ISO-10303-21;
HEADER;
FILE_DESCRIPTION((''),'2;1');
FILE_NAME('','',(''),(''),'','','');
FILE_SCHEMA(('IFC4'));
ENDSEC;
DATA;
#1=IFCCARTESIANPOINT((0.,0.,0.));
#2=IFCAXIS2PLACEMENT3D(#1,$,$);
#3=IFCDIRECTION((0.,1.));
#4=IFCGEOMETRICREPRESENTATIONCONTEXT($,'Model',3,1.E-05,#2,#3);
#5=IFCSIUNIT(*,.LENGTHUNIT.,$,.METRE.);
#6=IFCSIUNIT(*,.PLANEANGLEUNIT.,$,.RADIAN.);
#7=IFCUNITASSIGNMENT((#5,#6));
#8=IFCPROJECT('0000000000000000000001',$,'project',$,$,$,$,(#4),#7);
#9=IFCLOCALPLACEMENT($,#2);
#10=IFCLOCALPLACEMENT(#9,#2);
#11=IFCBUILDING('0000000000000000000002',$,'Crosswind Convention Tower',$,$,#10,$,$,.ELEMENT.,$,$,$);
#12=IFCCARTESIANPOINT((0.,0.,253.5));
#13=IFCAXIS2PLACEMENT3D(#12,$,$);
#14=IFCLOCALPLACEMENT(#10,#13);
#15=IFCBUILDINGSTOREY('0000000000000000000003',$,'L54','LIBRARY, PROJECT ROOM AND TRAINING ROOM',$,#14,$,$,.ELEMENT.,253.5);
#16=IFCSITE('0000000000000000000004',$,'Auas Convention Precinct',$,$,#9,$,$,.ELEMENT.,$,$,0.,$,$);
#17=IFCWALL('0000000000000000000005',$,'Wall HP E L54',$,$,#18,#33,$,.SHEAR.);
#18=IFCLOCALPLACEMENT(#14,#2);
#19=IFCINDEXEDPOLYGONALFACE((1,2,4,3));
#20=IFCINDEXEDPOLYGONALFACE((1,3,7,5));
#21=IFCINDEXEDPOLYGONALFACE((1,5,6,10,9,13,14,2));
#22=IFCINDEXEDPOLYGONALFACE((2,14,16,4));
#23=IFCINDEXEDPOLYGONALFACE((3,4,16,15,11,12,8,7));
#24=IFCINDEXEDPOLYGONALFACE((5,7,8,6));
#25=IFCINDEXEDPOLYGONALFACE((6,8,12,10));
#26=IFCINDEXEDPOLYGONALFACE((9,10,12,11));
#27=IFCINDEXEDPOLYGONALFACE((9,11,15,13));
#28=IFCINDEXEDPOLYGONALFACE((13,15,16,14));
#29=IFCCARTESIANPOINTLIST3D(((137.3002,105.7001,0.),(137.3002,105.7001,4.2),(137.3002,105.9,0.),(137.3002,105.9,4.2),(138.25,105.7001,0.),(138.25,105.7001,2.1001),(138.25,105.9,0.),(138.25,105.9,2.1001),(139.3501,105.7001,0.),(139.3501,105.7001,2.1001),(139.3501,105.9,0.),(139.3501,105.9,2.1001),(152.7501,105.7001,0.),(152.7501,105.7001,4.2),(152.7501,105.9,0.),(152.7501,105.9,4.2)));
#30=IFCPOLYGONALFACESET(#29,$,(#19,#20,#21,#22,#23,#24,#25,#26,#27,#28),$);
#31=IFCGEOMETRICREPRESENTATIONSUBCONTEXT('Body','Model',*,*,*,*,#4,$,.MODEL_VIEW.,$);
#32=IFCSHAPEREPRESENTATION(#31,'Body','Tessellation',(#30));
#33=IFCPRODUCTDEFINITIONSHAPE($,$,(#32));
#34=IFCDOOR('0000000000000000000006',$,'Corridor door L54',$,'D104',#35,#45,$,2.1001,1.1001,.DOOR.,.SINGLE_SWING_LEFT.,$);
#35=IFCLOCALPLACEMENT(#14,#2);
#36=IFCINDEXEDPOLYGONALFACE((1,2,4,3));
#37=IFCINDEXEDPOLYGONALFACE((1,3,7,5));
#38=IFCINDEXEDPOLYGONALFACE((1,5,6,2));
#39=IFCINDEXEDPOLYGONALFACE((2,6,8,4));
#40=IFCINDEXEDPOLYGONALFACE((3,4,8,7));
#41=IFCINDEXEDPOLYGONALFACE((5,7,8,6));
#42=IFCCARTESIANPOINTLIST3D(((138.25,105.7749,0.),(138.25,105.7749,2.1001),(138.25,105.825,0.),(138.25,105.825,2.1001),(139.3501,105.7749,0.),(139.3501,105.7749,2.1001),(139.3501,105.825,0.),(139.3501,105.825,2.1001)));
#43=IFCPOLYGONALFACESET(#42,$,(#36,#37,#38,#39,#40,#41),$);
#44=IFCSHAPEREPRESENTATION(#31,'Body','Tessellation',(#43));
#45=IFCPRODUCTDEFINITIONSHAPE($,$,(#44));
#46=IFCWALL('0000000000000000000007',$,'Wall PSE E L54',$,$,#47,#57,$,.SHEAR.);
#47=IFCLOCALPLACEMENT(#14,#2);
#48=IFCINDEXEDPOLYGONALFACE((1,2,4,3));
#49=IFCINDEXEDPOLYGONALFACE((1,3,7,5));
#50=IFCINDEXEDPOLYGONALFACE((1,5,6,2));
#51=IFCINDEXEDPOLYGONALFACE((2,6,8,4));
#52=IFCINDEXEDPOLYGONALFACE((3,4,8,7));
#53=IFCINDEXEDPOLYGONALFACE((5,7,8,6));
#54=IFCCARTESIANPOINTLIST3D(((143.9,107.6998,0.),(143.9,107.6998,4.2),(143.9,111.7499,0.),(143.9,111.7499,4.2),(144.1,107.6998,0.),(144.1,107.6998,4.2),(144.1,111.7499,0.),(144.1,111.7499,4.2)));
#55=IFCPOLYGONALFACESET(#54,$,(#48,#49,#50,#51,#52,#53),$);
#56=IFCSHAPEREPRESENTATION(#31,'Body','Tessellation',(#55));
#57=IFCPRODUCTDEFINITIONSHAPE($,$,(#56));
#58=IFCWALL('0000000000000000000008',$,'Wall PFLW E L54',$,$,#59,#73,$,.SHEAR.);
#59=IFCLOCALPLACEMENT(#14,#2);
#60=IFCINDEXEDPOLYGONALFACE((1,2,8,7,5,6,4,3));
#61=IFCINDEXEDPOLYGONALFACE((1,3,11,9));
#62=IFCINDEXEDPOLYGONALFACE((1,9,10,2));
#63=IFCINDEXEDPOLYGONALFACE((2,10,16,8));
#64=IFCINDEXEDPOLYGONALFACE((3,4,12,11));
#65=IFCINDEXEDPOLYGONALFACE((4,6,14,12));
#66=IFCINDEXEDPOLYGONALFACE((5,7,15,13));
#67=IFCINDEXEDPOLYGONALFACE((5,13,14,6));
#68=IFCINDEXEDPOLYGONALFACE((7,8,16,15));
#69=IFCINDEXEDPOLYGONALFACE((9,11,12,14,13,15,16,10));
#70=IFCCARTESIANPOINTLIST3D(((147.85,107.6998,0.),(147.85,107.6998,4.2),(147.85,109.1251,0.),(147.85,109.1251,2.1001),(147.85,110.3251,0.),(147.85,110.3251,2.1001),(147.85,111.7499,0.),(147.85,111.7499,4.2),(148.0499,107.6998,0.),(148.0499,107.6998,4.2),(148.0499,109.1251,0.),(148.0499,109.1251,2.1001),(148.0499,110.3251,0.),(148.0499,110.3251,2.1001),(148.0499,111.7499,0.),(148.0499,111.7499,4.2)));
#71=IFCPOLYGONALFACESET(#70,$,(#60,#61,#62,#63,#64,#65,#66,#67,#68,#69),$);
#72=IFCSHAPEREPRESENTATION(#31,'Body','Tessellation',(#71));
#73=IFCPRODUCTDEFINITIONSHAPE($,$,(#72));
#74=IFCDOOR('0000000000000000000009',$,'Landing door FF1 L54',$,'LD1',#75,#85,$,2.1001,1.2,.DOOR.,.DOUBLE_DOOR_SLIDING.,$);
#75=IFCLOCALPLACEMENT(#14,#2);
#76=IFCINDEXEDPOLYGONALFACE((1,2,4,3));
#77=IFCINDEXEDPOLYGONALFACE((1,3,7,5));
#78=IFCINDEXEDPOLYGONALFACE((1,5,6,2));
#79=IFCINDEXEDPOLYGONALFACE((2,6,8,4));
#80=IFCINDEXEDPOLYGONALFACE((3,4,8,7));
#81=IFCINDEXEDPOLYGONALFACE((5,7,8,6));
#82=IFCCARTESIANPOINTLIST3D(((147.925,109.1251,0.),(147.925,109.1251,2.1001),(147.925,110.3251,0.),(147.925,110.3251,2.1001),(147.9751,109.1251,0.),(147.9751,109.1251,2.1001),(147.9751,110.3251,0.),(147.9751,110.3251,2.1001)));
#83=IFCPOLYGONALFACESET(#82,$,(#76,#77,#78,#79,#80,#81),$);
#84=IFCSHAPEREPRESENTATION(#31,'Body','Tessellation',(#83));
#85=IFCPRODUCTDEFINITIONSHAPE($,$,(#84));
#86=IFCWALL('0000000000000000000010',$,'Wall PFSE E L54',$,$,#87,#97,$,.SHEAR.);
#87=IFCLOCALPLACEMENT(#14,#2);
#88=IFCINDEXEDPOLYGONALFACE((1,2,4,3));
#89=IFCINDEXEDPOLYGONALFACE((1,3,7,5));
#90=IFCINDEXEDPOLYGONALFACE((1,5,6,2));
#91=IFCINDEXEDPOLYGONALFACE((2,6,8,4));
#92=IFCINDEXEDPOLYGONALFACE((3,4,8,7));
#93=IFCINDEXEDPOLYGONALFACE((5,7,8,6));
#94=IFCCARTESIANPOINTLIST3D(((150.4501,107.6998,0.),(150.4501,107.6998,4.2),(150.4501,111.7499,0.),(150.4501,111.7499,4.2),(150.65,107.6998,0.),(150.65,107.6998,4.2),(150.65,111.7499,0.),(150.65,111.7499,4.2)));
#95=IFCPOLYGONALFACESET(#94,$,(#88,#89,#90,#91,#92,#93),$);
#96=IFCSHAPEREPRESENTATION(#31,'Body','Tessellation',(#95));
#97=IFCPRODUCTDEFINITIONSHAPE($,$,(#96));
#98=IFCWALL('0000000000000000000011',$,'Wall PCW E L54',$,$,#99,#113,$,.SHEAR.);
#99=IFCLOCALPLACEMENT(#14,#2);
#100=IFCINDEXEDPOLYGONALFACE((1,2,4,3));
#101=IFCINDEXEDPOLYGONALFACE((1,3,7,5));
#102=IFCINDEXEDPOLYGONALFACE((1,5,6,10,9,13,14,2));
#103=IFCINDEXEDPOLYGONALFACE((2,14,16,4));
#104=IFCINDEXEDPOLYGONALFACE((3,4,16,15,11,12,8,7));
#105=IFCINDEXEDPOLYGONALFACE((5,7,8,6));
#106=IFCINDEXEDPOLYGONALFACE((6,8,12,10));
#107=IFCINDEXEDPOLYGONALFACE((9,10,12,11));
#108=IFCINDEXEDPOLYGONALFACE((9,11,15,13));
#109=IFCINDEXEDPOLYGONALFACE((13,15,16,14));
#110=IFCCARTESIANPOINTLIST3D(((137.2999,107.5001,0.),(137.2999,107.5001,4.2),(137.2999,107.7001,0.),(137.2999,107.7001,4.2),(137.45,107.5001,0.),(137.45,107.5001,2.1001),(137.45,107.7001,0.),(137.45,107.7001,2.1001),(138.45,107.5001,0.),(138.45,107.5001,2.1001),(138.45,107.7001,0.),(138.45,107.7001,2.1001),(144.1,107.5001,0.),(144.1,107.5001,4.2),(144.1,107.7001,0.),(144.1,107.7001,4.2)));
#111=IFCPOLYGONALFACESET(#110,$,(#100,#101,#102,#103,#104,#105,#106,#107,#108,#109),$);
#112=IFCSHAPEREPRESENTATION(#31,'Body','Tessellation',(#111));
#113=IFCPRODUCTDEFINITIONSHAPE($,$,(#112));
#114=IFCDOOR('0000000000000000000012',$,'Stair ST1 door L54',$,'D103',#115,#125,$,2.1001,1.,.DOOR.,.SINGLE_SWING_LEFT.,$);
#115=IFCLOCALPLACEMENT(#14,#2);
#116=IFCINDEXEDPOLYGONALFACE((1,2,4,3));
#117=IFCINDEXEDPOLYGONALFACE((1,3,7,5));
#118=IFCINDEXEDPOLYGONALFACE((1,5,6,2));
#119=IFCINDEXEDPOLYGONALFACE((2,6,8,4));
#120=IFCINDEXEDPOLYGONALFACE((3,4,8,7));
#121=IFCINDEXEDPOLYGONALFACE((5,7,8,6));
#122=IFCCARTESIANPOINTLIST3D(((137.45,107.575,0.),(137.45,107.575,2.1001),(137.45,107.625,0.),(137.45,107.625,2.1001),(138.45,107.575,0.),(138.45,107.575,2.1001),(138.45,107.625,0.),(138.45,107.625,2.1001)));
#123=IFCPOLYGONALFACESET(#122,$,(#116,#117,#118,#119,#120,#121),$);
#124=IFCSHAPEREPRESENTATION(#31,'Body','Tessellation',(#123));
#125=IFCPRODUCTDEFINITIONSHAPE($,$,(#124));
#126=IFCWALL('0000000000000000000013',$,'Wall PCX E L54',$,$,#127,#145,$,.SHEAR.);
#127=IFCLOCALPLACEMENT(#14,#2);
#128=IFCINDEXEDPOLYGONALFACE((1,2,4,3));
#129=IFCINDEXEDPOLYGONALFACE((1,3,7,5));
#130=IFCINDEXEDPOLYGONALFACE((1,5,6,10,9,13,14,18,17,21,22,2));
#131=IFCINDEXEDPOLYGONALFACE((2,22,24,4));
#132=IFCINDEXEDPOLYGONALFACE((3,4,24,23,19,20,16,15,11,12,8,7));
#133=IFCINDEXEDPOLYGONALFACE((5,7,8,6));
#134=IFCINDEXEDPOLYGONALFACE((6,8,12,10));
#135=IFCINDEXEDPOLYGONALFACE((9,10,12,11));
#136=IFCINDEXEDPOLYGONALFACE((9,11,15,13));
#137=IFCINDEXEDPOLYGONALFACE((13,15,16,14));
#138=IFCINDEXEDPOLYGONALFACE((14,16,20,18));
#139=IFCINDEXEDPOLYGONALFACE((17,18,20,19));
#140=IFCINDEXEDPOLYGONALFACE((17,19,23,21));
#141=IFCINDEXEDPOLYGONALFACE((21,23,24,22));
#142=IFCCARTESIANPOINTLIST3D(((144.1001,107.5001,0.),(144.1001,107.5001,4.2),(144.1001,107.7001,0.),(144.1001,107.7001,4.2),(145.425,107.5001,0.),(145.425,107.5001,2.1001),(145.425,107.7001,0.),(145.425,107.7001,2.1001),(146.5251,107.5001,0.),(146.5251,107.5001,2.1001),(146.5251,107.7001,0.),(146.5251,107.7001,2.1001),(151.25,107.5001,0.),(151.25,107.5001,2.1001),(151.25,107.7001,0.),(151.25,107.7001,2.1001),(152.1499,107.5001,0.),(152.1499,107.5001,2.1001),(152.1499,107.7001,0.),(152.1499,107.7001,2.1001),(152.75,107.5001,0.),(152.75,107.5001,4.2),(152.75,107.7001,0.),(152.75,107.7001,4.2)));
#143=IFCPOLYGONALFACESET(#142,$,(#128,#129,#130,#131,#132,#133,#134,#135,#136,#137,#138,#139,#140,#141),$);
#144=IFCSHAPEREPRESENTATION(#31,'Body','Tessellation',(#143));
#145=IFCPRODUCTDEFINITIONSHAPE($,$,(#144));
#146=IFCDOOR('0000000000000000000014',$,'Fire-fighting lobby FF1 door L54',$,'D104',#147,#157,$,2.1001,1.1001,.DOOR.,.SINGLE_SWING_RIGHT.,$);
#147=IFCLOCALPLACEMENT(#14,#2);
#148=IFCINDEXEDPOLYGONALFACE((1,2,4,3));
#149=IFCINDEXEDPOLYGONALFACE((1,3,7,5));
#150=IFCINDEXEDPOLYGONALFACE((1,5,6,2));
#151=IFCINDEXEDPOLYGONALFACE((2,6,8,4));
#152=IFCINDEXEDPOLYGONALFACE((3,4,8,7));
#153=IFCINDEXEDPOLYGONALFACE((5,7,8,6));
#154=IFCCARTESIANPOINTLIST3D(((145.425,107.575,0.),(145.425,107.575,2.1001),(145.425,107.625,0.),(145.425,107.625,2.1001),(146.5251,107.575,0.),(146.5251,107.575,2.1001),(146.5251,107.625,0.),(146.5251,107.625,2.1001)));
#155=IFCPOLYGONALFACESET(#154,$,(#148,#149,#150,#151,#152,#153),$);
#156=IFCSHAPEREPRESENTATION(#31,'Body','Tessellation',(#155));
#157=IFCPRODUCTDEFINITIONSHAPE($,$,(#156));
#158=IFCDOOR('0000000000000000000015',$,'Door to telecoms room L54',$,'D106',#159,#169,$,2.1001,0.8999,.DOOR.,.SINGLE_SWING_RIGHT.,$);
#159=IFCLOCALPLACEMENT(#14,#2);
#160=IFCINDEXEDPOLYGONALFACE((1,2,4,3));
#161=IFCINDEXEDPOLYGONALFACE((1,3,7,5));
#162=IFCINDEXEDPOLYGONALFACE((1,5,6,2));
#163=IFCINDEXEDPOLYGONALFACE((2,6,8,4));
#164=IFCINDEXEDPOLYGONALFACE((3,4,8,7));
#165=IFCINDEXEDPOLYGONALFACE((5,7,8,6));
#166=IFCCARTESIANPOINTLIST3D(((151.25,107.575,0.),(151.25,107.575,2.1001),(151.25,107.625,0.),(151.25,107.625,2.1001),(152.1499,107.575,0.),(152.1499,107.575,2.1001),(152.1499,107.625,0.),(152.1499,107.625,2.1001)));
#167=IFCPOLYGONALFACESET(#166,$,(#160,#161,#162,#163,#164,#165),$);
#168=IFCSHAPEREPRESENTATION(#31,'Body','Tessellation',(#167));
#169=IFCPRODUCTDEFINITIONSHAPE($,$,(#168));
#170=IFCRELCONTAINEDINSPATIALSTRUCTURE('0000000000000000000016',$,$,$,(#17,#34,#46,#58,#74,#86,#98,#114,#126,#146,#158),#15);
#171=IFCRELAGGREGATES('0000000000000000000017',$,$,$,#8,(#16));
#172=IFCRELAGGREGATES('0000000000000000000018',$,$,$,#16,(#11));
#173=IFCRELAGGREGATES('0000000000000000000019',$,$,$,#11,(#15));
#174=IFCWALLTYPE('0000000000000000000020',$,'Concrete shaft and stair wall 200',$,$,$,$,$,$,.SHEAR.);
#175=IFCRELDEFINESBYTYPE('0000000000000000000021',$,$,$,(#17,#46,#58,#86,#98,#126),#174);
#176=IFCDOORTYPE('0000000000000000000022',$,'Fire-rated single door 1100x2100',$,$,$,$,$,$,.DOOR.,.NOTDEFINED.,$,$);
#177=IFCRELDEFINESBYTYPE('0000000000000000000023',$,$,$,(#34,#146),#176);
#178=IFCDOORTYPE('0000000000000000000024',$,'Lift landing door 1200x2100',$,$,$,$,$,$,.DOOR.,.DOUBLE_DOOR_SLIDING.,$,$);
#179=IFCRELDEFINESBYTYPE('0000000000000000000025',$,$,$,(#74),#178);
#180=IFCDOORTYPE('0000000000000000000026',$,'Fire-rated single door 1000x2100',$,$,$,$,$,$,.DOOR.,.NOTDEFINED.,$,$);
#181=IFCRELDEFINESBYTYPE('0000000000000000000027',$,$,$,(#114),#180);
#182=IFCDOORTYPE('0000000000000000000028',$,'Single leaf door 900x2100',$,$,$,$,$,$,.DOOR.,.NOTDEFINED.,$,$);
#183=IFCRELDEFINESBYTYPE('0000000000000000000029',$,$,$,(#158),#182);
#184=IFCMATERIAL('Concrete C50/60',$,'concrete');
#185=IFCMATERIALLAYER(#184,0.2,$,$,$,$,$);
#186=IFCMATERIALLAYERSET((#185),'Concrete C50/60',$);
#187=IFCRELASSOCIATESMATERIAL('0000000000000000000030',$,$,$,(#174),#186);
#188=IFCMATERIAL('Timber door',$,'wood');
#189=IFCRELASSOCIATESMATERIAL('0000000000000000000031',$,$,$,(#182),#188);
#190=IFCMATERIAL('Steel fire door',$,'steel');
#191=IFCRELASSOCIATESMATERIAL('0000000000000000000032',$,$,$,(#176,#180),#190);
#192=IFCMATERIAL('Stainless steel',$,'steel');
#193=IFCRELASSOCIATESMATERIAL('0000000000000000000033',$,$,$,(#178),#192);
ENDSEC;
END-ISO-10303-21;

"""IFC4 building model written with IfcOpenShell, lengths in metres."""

from ifc_helpers import new_model, si_unit, direction, frame, frame_2d, origin, place, context, subcontext, project, spatial, rectangle, extrude, material, layer, layer_set, type_object, element, fill, save


model = new_model("IFC4")

# Units and contexts
model_context = context("Model", 3, precision=1e-05, world=origin(), true_north=direction((0.0, 1.0)))
body_context = subcontext(model_context, "Body", "Model", "MODEL_VIEW")
ifc_project = project(units=[si_unit("LENGTHUNIT", "METRE"), si_unit("PLANEANGLEUNIT", "RADIAN")], contexts=[model_context])

# Site, building, storey
site_placement = place(None, origin())
site = spatial("IfcSite", under=ifc_project, at=site_placement, Name="Auas Convention Precinct", CompositionType="ELEMENT", RefElevation=0.0)
building_placement = place(site_placement, origin())
building = spatial("IfcBuilding", under=site, at=building_placement, Name="Crosswind Convention Tower", CompositionType="ELEMENT")
storey_placement = place(building_placement, frame((0.0, 0.0, 253.5)))
storey = spatial("IfcBuildingStorey", under=building, at=storey_placement, Name="L54", Description="LIBRARY, PROJECT ROOM AND TRAINING ROOM", CompositionType="ELEMENT", Elevation=253.5)

# Shared definitions
ifc_material_1 = material(Name="Concrete C50/60", Category="concrete")
ifc_layer_1 = layer(ifc_material_1, 0.2)
ifc_layer_set_1 = layer_set([ifc_layer_1], Name="Concrete C50/60")
wall_type_1 = type_object("IfcWallType", Name="Concrete shaft and stair wall 200", PredefinedType="SHEAR", material=ifc_layer_set_1)

# Shared definitions
ifc_material_2 = material(Name="Timber door", Category="wood")
door_type_1 = type_object("IfcDoorType", Name="Single leaf door 900x2100", OperationType="NOTDEFINED", PredefinedType="DOOR", material=ifc_material_2)

# Wall, opening, door
wall_1_placement = place(storey_placement, frame((137.3, 105.8, 0.0), z_axis=(0.0, 0.0, 1.0), x_axis=(1.0, 0.0, 0.0)))
wall_1 = element("IfcWall", 1, at=wall_1_placement, inside=storey, type_object=wall_type_1, Name="Wall HP E L54", PredefinedType="SHEAR", context=body_context, shape_type="SweptSolid", body=[
    extrude(rectangle(XDim=15.45, YDim=0.2, at=frame_2d((7.7251, 0.0))), origin(), (0.0, 0.0, 1.0), 4.2),
])
opening_1_placement = place(wall_1_placement, frame((0.95, 0.0, 0.0)))
opening_1 = element("IfcOpeningElement", 2, at=opening_1_placement, cuts=wall_1, PredefinedType="OPENING", context=body_context, shape_type="SweptSolid", body=[
    extrude(rectangle(XDim=1.1001, YDim=2.1001, at=frame_2d((0.55, 1.05))), frame((0.0, 0.1099, 0.0), z_axis=(0.0, -1.0, 0.0), x_axis=(1.0, 0.0, 0.0)), (0.0, 0.0, 1.0), 0.22),
])
ifc_material_3 = material(Name="Steel fire door", Category="steel")
door_type_2 = type_object("IfcDoorType", Name="Fire-rated single door 1100x2100", OperationType="NOTDEFINED", PredefinedType="DOOR", material=ifc_material_3)
door_1_placement = place(opening_1_placement, origin())
door_1 = element("IfcDoor", 3, at=door_1_placement, inside=storey, type_object=door_type_2, Name="Corridor door L54", ObjectType="D104", OperationType="SINGLE_SWING_LEFT", OverallHeight=2.1001, OverallWidth=1.1001, PredefinedType="DOOR", context=body_context, shape_type="SweptSolid", body=[
    extrude(rectangle(XDim=1.1001, YDim=2.1001, at=frame_2d((0.55, 1.05))), frame((0.0, 0.0249, 0.0), z_axis=(0.0, -1.0, 0.0), x_axis=(1.0, 0.0, 0.0)), (0.0, 0.0, 1.0), 0.05),
])
fill(opening_1, door_1)

# Wall
wall_2_placement = place(storey_placement, frame((144.0, 107.7, 0.0), z_axis=(0.0, 0.0, 1.0), x_axis=(0.0, 1.0, 0.0)))
element("IfcWall", 4, at=wall_2_placement, inside=storey, type_object=wall_type_1, Name="Wall PSE E L54", PredefinedType="SHEAR", context=body_context, shape_type="SweptSolid", body=[
    extrude(rectangle(XDim=4.05, YDim=0.2, at=frame_2d((2.0249, 0.0))), origin(), (0.0, 0.0, 1.0), 4.2),
])

# Wall, opening, door
wall_3_placement = place(storey_placement, frame((147.95, 107.7, 0.0), z_axis=(0.0, 0.0, 1.0), x_axis=(0.0, 1.0, 0.0)))
wall_3 = element("IfcWall", 5, at=wall_3_placement, inside=storey, type_object=wall_type_1, Name="Wall PFLW E L54", PredefinedType="SHEAR", context=body_context, shape_type="SweptSolid", body=[
    extrude(rectangle(XDim=4.05, YDim=0.2, at=frame_2d((2.0249, 0.0))), origin(), (0.0, 0.0, 1.0), 4.2),
])
opening_2_placement = place(wall_3_placement, frame((1.425, 0.0, 0.0)))
opening_2 = element("IfcOpeningElement", 6, at=opening_2_placement, cuts=wall_3, PredefinedType="OPENING", context=body_context, shape_type="SweptSolid", body=[
    extrude(rectangle(XDim=1.2, YDim=2.1001, at=frame_2d((0.6001, 1.05))), frame((0.0, 0.1099, 0.0), z_axis=(0.0, -1.0, 0.0), x_axis=(1.0, 0.0, 0.0)), (0.0, 0.0, 1.0), 0.22),
])
ifc_material_4 = material(Name="Stainless steel", Category="steel")
door_type_3 = type_object("IfcDoorType", Name="Lift landing door 1200x2100", OperationType="DOUBLE_DOOR_SLIDING", PredefinedType="DOOR", material=ifc_material_4)
door_2_placement = place(opening_2_placement, origin())
door_2 = element("IfcDoor", 7, at=door_2_placement, inside=storey, type_object=door_type_3, Name="Landing door FF1 L54", ObjectType="LD1", OperationType="DOUBLE_DOOR_SLIDING", OverallHeight=2.1001, OverallWidth=1.2, PredefinedType="DOOR", context=body_context, shape_type="SweptSolid", body=[
    extrude(rectangle(XDim=1.2, YDim=2.1001, at=frame_2d((0.6001, 1.05))), frame((0.0, 0.0249, 0.0), z_axis=(0.0, -1.0, 0.0), x_axis=(1.0, 0.0, 0.0)), (0.0, 0.0, 1.0), 0.05),
])
fill(opening_2, door_2)

# Wall
wall_4_placement = place(storey_placement, frame((150.55, 107.7, 0.0), z_axis=(0.0, 0.0, 1.0), x_axis=(0.0, 1.0, 0.0)))
element("IfcWall", 8, at=wall_4_placement, inside=storey, type_object=wall_type_1, Name="Wall PFSE E L54", PredefinedType="SHEAR", context=body_context, shape_type="SweptSolid", body=[
    extrude(rectangle(XDim=4.05, YDim=0.2, at=frame_2d((2.0249, 0.0))), origin(), (0.0, 0.0, 1.0), 4.2),
])

# Wall, opening, door
wall_5_placement = place(storey_placement, frame((137.3, 107.6001, 0.0), z_axis=(0.0, 0.0, 1.0), x_axis=(1.0, 0.0, 0.0)))
wall_5 = element("IfcWall", 9, at=wall_5_placement, inside=storey, type_object=wall_type_1, Name="Wall PCW E L54", PredefinedType="SHEAR", context=body_context, shape_type="SweptSolid", body=[
    extrude(rectangle(XDim=6.8, YDim=0.2, at=frame_2d((3.3999, 0.0))), origin(), (0.0, 0.0, 1.0), 4.2),
])
opening_3_placement = place(wall_5_placement, frame((0.1499, 0.0, 0.0)))
opening_3 = element("IfcOpeningElement", 10, at=opening_3_placement, cuts=wall_5, PredefinedType="OPENING", context=body_context, shape_type="SweptSolid", body=[
    extrude(rectangle(XDim=1.0, YDim=2.1001, at=frame_2d((0.5, 1.05))), frame((0.0, 0.1099, 0.0), z_axis=(0.0, -1.0, 0.0), x_axis=(1.0, 0.0, 0.0)), (0.0, 0.0, 1.0), 0.22),
])
door_type_4 = type_object("IfcDoorType", Name="Fire-rated single door 1000x2100", OperationType="NOTDEFINED", PredefinedType="DOOR", material=ifc_material_3)
door_3_placement = place(opening_3_placement, origin())
door_3 = element("IfcDoor", 11, at=door_3_placement, inside=storey, type_object=door_type_4, Name="Stair ST1 door L54", ObjectType="D103", OperationType="SINGLE_SWING_LEFT", OverallHeight=2.1001, OverallWidth=1.0, PredefinedType="DOOR", context=body_context, shape_type="SweptSolid", body=[
    extrude(rectangle(XDim=1.0, YDim=2.1001, at=frame_2d((0.5, 1.05))), frame((0.0, 0.0249, 0.0), z_axis=(0.0, -1.0, 0.0), x_axis=(1.0, 0.0, 0.0)), (0.0, 0.0, 1.0), 0.05),
])
fill(opening_3, door_3)

# Wall, openings, doors
wall_6_placement = place(storey_placement, frame((144.1001, 107.6001, 0.0), z_axis=(0.0, 0.0, 1.0), x_axis=(1.0, 0.0, 0.0)))
wall_6 = element("IfcWall", 12, at=wall_6_placement, inside=storey, type_object=wall_type_1, Name="Wall PCX E L54", PredefinedType="SHEAR", context=body_context, shape_type="SweptSolid", body=[
    extrude(rectangle(XDim=8.6499, YDim=0.2, at=frame_2d((4.325, 0.0))), origin(), (0.0, 0.0, 1.0), 4.2),
])
opening_4_placement = place(wall_6_placement, frame((1.325, 0.0, 0.0)))
opening_4 = element("IfcOpeningElement", 13, at=opening_4_placement, cuts=wall_6, PredefinedType="OPENING", context=body_context, shape_type="SweptSolid", body=[
    extrude(rectangle(XDim=1.1001, YDim=2.1001, at=frame_2d((0.55, 1.05))), frame((0.0, 0.1099, 0.0), z_axis=(0.0, -1.0, 0.0), x_axis=(1.0, 0.0, 0.0)), (0.0, 0.0, 1.0), 0.22),
])
opening_5_placement = place(wall_6_placement, frame((7.1499, 0.0, 0.0)))
opening_5 = element("IfcOpeningElement", 14, at=opening_5_placement, cuts=wall_6, PredefinedType="OPENING", context=body_context, shape_type="SweptSolid", body=[
    extrude(rectangle(XDim=0.8999, YDim=2.1001, at=frame_2d((0.45, 1.05))), frame((0.0, 0.1099, 0.0), z_axis=(0.0, -1.0, 0.0), x_axis=(1.0, 0.0, 0.0)), (0.0, 0.0, 1.0), 0.22),
])
door_4_placement = place(opening_4_placement, origin())
door_4 = element("IfcDoor", 15, at=door_4_placement, inside=storey, type_object=door_type_2, Name="Fire-fighting lobby FF1 door L54", ObjectType="D104", OperationType="SINGLE_SWING_RIGHT", OverallHeight=2.1001, OverallWidth=1.1001, PredefinedType="DOOR", context=body_context, shape_type="SweptSolid", body=[
    extrude(rectangle(XDim=1.1001, YDim=2.1001, at=frame_2d((0.55, 1.05))), frame((0.0, 0.0249, 0.0), z_axis=(0.0, -1.0, 0.0), x_axis=(1.0, 0.0, 0.0)), (0.0, 0.0, 1.0), 0.05),
])
fill(opening_4, door_4)
door_5_placement = place(opening_5_placement, origin())
door_5 = element("IfcDoor", 16, at=door_5_placement, inside=storey, type_object=door_type_1, Name="Door to telecoms room L54", ObjectType="D106", OperationType="SINGLE_SWING_RIGHT", OverallHeight=2.1001, OverallWidth=0.8999, PredefinedType="DOOR", context=body_context, shape_type="SweptSolid", body=[
    extrude(rectangle(XDim=0.8999, YDim=2.1001, at=frame_2d((0.45, 1.05))), frame((0.0, 0.0249, 0.0), z_axis=(0.0, -1.0, 0.0), x_axis=(1.0, 0.0, 0.0)), (0.0, 0.0, 1.0), 0.05),
])
fill(opening_5, door_5)

save(model, "model.ifc")
